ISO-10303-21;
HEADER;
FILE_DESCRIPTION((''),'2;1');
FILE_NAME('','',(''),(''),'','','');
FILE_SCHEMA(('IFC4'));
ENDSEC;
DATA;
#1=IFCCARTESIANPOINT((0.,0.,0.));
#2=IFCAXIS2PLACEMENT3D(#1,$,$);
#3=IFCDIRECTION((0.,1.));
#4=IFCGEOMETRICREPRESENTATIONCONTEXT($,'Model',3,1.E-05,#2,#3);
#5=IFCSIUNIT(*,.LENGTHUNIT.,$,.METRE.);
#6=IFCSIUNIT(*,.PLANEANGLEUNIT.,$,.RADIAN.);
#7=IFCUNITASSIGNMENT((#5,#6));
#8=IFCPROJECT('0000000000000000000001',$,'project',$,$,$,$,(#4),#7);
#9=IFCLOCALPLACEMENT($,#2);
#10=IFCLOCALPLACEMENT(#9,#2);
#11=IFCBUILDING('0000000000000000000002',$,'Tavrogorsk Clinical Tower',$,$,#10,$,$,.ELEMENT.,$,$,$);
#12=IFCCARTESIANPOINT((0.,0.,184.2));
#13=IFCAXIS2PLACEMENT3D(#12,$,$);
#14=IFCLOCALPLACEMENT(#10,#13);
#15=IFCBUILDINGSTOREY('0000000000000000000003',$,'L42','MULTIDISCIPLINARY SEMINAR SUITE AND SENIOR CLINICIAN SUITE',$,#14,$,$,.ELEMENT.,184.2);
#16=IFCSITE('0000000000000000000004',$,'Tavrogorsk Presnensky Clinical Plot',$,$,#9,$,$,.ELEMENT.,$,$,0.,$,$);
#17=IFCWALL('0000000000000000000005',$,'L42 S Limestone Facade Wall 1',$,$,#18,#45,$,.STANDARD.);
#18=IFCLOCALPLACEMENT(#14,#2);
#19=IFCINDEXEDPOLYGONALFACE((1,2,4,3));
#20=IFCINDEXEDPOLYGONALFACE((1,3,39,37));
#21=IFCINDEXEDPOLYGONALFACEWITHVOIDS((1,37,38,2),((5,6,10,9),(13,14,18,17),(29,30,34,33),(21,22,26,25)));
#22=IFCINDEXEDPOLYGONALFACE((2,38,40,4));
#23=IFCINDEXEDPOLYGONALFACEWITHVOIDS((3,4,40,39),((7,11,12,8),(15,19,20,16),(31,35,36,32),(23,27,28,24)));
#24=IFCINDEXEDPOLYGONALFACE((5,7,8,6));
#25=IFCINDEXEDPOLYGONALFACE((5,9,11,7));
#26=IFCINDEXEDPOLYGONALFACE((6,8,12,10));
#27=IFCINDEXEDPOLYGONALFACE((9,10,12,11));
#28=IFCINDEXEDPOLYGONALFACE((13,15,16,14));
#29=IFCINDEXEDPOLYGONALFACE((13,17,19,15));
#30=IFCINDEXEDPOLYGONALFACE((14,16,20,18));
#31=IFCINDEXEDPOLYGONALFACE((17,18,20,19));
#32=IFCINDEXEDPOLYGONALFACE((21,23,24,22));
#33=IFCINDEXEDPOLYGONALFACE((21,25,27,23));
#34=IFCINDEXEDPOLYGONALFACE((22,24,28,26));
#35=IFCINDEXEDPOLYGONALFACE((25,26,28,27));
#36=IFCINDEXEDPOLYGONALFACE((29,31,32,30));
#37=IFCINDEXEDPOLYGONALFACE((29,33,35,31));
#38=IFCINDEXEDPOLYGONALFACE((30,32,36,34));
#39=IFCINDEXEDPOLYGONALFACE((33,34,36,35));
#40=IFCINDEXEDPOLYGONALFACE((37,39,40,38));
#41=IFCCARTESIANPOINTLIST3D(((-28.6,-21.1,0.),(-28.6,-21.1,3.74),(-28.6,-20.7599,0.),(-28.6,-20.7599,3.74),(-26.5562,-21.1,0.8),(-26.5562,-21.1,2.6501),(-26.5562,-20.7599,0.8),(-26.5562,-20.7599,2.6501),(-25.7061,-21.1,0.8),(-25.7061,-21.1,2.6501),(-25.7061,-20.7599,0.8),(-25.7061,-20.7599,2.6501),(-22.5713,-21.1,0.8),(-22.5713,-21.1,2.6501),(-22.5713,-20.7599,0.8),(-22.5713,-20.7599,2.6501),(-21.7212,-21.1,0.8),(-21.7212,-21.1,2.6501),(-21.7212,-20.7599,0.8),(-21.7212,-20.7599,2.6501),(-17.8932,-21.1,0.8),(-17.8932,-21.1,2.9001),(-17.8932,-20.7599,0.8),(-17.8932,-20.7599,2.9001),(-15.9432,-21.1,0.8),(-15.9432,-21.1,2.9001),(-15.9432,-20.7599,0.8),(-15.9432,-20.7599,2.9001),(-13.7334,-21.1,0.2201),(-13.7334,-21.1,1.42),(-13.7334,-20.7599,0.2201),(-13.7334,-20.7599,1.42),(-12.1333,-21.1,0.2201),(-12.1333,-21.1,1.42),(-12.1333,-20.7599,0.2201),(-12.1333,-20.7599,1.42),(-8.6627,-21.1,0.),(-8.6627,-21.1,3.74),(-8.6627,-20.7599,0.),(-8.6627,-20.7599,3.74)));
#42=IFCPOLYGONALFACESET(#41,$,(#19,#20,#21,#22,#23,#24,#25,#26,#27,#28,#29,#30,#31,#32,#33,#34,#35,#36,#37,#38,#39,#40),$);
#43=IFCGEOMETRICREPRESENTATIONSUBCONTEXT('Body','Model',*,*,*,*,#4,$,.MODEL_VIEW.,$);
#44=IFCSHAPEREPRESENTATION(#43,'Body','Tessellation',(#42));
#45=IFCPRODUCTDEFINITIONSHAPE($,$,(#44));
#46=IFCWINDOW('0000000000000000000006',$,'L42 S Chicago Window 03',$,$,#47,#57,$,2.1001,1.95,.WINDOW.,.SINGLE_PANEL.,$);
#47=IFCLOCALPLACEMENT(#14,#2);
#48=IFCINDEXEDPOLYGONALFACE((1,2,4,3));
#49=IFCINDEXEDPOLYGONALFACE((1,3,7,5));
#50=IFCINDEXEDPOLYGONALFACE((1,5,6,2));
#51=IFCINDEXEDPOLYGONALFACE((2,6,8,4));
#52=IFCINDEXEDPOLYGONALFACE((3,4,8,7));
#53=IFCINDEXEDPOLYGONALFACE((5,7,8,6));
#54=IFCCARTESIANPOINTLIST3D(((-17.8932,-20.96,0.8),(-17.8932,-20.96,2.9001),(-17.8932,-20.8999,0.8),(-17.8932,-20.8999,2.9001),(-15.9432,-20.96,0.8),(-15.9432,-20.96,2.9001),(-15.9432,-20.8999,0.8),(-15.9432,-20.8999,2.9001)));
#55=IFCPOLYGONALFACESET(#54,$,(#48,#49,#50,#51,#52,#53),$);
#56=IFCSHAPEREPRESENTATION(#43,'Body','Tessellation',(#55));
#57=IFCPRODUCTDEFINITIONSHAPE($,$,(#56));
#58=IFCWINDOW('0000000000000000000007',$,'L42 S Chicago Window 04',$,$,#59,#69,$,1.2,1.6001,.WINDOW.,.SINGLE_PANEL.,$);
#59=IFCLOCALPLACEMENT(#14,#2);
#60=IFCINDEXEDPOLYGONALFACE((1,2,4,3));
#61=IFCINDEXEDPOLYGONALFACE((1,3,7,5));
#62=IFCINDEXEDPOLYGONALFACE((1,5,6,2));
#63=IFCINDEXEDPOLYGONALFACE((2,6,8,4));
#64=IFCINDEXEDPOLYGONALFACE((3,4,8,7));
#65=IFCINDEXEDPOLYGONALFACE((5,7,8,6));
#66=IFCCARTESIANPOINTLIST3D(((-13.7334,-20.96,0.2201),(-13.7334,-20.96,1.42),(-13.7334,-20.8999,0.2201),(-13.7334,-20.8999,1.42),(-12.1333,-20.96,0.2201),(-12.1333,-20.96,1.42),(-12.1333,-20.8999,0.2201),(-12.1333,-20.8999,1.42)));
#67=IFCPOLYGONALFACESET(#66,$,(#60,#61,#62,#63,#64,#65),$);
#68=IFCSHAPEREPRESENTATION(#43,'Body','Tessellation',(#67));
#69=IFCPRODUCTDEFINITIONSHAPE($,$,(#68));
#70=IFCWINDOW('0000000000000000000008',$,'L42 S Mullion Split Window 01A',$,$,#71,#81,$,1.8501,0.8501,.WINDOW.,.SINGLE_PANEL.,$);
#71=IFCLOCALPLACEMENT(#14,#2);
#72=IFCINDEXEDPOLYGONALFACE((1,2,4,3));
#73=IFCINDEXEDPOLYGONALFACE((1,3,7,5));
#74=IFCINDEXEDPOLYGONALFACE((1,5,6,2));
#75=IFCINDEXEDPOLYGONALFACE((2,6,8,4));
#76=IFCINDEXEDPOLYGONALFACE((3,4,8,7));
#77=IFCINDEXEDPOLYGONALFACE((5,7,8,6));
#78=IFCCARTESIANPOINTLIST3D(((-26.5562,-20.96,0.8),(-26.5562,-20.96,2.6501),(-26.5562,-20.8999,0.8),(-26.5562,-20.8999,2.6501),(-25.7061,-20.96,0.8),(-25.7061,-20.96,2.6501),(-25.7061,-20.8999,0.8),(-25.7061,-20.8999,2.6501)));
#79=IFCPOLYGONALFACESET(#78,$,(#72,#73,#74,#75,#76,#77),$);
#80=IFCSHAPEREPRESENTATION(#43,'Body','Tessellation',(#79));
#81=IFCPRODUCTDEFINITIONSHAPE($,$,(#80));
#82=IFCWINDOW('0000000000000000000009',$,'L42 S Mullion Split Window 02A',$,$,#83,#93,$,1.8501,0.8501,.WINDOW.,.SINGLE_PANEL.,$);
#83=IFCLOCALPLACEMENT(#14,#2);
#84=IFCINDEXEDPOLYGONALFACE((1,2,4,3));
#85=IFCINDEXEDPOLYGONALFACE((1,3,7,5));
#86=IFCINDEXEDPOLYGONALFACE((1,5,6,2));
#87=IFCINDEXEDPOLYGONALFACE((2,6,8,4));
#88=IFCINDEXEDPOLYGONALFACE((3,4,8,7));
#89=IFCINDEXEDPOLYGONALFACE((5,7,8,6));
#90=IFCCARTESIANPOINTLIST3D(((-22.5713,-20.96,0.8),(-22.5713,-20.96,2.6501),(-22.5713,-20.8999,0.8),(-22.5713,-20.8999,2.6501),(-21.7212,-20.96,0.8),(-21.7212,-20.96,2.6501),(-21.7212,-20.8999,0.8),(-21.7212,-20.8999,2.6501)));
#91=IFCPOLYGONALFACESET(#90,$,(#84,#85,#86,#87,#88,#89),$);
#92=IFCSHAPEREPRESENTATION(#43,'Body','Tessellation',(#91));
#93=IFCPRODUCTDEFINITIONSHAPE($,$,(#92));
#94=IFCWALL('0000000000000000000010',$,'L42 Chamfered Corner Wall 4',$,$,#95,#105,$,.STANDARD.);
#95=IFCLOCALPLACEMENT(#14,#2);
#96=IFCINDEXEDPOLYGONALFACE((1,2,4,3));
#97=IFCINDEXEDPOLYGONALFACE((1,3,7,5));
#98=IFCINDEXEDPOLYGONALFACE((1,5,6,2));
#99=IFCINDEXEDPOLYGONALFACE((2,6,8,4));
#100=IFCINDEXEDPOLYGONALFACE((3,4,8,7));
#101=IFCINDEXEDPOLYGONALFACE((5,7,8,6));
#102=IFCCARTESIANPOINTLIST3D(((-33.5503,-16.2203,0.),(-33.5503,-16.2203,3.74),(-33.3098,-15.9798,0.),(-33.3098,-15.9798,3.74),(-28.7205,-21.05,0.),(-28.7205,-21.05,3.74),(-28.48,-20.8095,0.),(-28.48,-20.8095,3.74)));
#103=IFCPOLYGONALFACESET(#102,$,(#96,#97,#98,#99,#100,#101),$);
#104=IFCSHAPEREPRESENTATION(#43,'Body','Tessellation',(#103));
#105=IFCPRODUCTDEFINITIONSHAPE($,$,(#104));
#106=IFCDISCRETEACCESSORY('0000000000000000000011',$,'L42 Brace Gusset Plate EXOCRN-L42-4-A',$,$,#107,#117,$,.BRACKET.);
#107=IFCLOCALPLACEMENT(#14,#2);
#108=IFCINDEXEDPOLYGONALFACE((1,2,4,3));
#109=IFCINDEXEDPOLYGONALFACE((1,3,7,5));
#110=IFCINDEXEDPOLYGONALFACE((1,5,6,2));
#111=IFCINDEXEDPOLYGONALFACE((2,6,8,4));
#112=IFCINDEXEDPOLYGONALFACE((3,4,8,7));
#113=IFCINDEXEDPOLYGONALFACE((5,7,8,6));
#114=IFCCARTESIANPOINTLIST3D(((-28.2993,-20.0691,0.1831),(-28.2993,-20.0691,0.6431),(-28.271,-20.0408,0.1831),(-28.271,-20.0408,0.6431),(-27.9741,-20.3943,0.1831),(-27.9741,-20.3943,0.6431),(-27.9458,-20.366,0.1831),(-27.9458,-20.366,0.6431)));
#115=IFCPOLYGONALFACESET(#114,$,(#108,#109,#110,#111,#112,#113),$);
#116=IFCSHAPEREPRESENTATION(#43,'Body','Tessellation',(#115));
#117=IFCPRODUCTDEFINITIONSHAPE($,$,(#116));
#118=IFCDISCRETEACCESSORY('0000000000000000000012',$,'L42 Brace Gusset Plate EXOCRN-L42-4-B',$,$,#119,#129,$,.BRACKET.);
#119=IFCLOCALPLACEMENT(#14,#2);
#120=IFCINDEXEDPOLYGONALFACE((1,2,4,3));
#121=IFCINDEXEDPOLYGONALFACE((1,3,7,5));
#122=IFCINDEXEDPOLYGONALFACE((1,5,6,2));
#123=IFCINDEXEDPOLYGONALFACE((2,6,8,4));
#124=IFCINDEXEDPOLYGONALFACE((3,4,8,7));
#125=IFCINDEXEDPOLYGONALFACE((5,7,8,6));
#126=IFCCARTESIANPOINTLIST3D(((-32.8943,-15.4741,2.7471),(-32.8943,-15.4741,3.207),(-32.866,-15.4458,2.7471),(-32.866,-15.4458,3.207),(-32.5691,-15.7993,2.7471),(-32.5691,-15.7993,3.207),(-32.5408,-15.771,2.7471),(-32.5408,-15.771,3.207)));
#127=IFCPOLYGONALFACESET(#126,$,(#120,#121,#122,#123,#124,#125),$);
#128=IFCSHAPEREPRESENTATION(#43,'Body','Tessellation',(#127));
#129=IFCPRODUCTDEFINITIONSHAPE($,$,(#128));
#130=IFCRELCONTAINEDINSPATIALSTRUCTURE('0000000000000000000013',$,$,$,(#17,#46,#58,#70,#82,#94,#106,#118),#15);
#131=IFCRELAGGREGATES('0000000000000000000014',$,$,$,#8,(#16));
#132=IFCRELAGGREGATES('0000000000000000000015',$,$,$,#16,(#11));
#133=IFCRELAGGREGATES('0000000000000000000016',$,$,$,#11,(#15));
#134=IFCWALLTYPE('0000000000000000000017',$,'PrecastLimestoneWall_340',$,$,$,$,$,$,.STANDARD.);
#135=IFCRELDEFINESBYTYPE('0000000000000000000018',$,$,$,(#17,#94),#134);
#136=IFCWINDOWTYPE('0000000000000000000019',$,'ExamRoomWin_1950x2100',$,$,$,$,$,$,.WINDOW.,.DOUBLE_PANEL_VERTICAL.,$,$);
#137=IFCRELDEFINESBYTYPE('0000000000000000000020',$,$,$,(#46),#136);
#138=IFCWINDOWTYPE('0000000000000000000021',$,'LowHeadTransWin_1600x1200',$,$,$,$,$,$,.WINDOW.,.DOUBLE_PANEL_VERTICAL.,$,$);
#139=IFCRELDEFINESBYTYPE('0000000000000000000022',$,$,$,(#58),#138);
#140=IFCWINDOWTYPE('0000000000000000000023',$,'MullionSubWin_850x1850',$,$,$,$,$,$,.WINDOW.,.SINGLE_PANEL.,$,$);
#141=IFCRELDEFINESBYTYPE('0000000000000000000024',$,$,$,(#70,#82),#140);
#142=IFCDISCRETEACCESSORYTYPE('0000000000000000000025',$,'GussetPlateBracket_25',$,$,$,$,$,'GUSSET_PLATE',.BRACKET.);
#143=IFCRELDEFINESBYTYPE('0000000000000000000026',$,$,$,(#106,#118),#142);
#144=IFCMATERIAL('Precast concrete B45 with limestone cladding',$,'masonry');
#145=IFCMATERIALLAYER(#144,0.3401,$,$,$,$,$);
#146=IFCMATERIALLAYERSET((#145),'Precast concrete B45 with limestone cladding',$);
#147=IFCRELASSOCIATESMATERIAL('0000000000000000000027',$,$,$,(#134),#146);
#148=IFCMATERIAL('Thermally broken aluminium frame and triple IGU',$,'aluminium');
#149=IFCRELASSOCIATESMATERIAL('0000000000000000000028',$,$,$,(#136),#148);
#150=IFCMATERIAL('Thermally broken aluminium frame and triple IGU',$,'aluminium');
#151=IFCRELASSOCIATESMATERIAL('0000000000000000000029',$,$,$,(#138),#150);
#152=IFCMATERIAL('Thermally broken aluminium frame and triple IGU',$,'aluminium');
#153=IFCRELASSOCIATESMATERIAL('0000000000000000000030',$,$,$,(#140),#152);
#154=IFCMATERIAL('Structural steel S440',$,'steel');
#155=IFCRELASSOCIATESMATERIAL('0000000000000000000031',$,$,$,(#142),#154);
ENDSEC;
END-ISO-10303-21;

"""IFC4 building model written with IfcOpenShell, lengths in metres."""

from ifc_helpers import new_model, si_unit, direction, frame, frame_2d, origin, origin_2d, place, context, subcontext, project, spatial, rectangle, extrude, material, layer, layer_set, type_object, element, fill, save


model = new_model("IFC4")

# Units and contexts
model_context = context("Model", 3, precision=1e-05, world=origin(), true_north=direction((0.0, 1.0)))
body_context = subcontext(model_context, "Body", "Model", "MODEL_VIEW")
ifc_project = project(units=[si_unit("LENGTHUNIT", "METRE"), si_unit("PLANEANGLEUNIT", "RADIAN")], contexts=[model_context])

# Site, building, storey
site_placement = place(None, origin())
site = spatial("IfcSite", under=ifc_project, at=site_placement, Name="Tavrogorsk Presnensky Clinical Plot", CompositionType="ELEMENT", RefElevation=0.0)
building_placement = place(site_placement, origin())
building = spatial("IfcBuilding", under=site, at=building_placement, Name="Tavrogorsk Clinical Tower", CompositionType="ELEMENT")
storey_placement = place(building_placement, frame((0.0, 0.0, 184.2)))
storey = spatial("IfcBuildingStorey", under=building, at=storey_placement, Name="L42", Description="MULTIDISCIPLINARY SEMINAR SUITE AND SENIOR CLINICIAN SUITE", CompositionType="ELEMENT", Elevation=184.2)

# Wall, openings, windows
ifc_material_1 = material(Name="Precast concrete B45 with limestone cladding", Category="masonry")
ifc_layer_1 = layer(ifc_material_1, 0.3401)
ifc_layer_set_1 = layer_set([ifc_layer_1], Name="Precast concrete B45 with limestone cladding")
wall_type_1 = type_object("IfcWallType", Name="PrecastLimestoneWall_340", PredefinedType="STANDARD", material=ifc_layer_set_1)
wall_1_placement = place(storey_placement, frame((-28.6001, -20.9299, 0.0), z_axis=(0.0, 0.0, 1.0), x_axis=(1.0, 0.0, 0.0)))
wall_1 = element("IfcWall", 1, at=wall_1_placement, inside=storey, type_object=wall_type_1, Name="L42 S Limestone Facade Wall 1", PredefinedType="STANDARD", context=body_context, shape_type="SweptSolid", body=[
    extrude(rectangle(XDim=19.9373, YDim=0.3401, at=frame_2d((9.9688, 0.0))), origin(), (0.0, 0.0, 1.0), 3.74),
])
opening_1_placement = place(wall_1_placement, frame((2.0439, 0.0, 0.8)))
opening_1 = element("IfcOpeningElement", 2, at=opening_1_placement, cuts=wall_1, PredefinedType="OPENING", context=body_context, shape_type="SweptSolid", body=[
    extrude(rectangle(XDim=0.8501, YDim=1.8501, at=frame_2d((0.425, 0.925))), frame((0.0, 0.1799, 0.0), z_axis=(0.0, -1.0, 0.0), x_axis=(1.0, 0.0, 0.0)), (0.0, 0.0, 1.0), 0.3601),
])
opening_2_placement = place(wall_1_placement, frame((6.0288, 0.0, 0.8)))
opening_2 = element("IfcOpeningElement", 3, at=opening_2_placement, cuts=wall_1, PredefinedType="OPENING", context=body_context, shape_type="SweptSolid", body=[
    extrude(rectangle(XDim=0.8501, YDim=1.8501, at=frame_2d((0.425, 0.925))), frame((0.0, 0.1799, 0.0), z_axis=(0.0, -1.0, 0.0), x_axis=(1.0, 0.0, 0.0)), (0.0, 0.0, 1.0), 0.3601),
])
opening_3_placement = place(wall_1_placement, frame((10.7068, 0.0, 0.8)))
opening_3 = element("IfcOpeningElement", 4, at=opening_3_placement, cuts=wall_1, PredefinedType="OPENING", context=body_context, shape_type="SweptSolid", body=[
    extrude(rectangle(XDim=1.95, YDim=2.1001, at=frame_2d((0.9751, 1.05))), frame((0.0, 0.1799, 0.0), z_axis=(0.0, -1.0, 0.0), x_axis=(1.0, 0.0, 0.0)), (0.0, 0.0, 1.0), 0.3601),
])
opening_4_placement = place(wall_1_placement, frame((14.8667, 0.0, 0.22)))
opening_4 = element("IfcOpeningElement", 5, at=opening_4_placement, cuts=wall_1, PredefinedType="OPENING", context=body_context, shape_type="SweptSolid", body=[
    extrude(rectangle(XDim=1.6001, YDim=1.2, at=frame_2d((0.8, 0.6001))), frame((0.0, 0.1799, 0.0), z_axis=(0.0, -1.0, 0.0), x_axis=(1.0, 0.0, 0.0)), (0.0, 0.0, 1.0), 0.3601),
])
ifc_material_2 = material(Name="Thermally broken aluminium frame and triple IGU", Category="aluminium")
window_type_1 = type_object("IfcWindowType", Name="ExamRoomWin_1950x2100", PartitioningType="DOUBLE_PANEL_VERTICAL", PredefinedType="WINDOW", material=ifc_material_2)
window_1_placement = place(opening_3_placement, origin())
window_1 = element("IfcWindow", 6, at=window_1_placement, inside=storey, type_object=window_type_1, Name="L42 S Chicago Window 03", OverallHeight=2.1001, OverallWidth=1.95, PartitioningType="SINGLE_PANEL", PredefinedType="WINDOW", context=body_context, shape_type="SweptSolid", body=[
    extrude(rectangle(XDim=1.95, YDim=2.1001, at=frame_2d((0.9751, 1.05))), frame((0.0, 0.03, 0.0), z_axis=(0.0, -1.0, 0.0), x_axis=(1.0, 0.0, 0.0)), (0.0, 0.0, 1.0), 0.0601),
])
fill(opening_3, window_1)
ifc_material_3 = material(Name="Thermally broken aluminium frame and triple IGU", Category="aluminium")
window_type_2 = type_object("IfcWindowType", Name="LowHeadTransWin_1600x1200", PartitioningType="DOUBLE_PANEL_VERTICAL", PredefinedType="WINDOW", material=ifc_material_3)
window_2_placement = place(opening_4_placement, origin())
window_2 = element("IfcWindow", 7, at=window_2_placement, inside=storey, type_object=window_type_2, Name="L42 S Chicago Window 04", OverallHeight=1.2, OverallWidth=1.6001, PartitioningType="SINGLE_PANEL", PredefinedType="WINDOW", context=body_context, shape_type="SweptSolid", body=[
    extrude(rectangle(XDim=1.6001, YDim=1.2, at=frame_2d((0.8, 0.6001))), frame((0.0, 0.03, 0.0), z_axis=(0.0, -1.0, 0.0), x_axis=(1.0, 0.0, 0.0)), (0.0, 0.0, 1.0), 0.0601),
])
fill(opening_4, window_2)
ifc_material_4 = material(Name="Thermally broken aluminium frame and triple IGU", Category="aluminium")
window_type_3 = type_object("IfcWindowType", Name="MullionSubWin_850x1850", PartitioningType="SINGLE_PANEL", PredefinedType="WINDOW", material=ifc_material_4)
window_3_placement = place(opening_1_placement, origin())
window_3 = element("IfcWindow", 8, at=window_3_placement, inside=storey, type_object=window_type_3, Name="L42 S Mullion Split Window 01A", OverallHeight=1.8501, OverallWidth=0.8501, PartitioningType="SINGLE_PANEL", PredefinedType="WINDOW", context=body_context, shape_type="SweptSolid", body=[
    extrude(rectangle(XDim=0.8501, YDim=1.8501, at=frame_2d((0.425, 0.925))), frame((0.0, 0.03, 0.0), z_axis=(0.0, -1.0, 0.0), x_axis=(1.0, 0.0, 0.0)), (0.0, 0.0, 1.0), 0.0601),
])
fill(opening_1, window_3)
window_4_placement = place(opening_2_placement, origin())
window_4 = element("IfcWindow", 9, at=window_4_placement, inside=storey, type_object=window_type_3, Name="L42 S Mullion Split Window 02A", OverallHeight=1.8501, OverallWidth=0.8501, PartitioningType="SINGLE_PANEL", PredefinedType="WINDOW", context=body_context, shape_type="SweptSolid", body=[
    extrude(rectangle(XDim=0.8501, YDim=1.8501, at=frame_2d((0.425, 0.925))), frame((0.0, 0.03, 0.0), z_axis=(0.0, -1.0, 0.0), x_axis=(1.0, 0.0, 0.0)), (0.0, 0.0, 1.0), 0.0601),
])
fill(opening_2, window_4)

# Wall
wall_2_placement = place(storey_placement, frame((-33.4299, -16.1001, 0.0), z_axis=(0.0, 0.0, 1.0), x_axis=(0.707107, -0.707107, 0.0)))
element("IfcWall", 10, at=wall_2_placement, inside=storey, type_object=wall_type_1, Name="L42 Chamfered Corner Wall 4", PredefinedType="STANDARD", context=body_context, shape_type="SweptSolid", body=[
    extrude(rectangle(XDim=6.8303, YDim=0.3401, at=frame_2d((3.415, 0.0))), origin(), (0.0, 0.0, 1.0), 3.74),
])

# Discrete accessories
ifc_material_5 = material(Name="Structural steel S440", Category="steel")
discrete_accessory_type = type_object("IfcDiscreteAccessoryType", Name="GussetPlateBracket_25", ElementType="GUSSET_PLATE", PredefinedType="BRACKET", material=ifc_material_5)
for number, where, z_axis, x_axis, name in (
    (11, (-28.1226, -20.2175, 0.1831), (0.0, 0.0, 1.0), (-0.707107, 0.707107, 0.0), "L42 Brace Gusset Plate EXOCRN-L42-4-A"),
    (12, (-32.7175, -15.6226, 2.7471), (0.0, 0.0, 1.0), (-0.707107, 0.707107, 0.0), "L42 Brace Gusset Plate EXOCRN-L42-4-B"),
):
    element("IfcDiscreteAccessory", number, at=place(storey_placement, frame(where, z_axis=z_axis, x_axis=x_axis)), inside=storey, type_object=discrete_accessory_type, Name=name, PredefinedType="BRACKET", context=body_context, shape_type="SweptSolid", body=[
        extrude(rectangle(XDim=0.46, YDim=0.04, at=origin_2d()), origin(), (0.0, 0.0, 1.0), 0.46),
    ])

save(model, "model.ifc")
